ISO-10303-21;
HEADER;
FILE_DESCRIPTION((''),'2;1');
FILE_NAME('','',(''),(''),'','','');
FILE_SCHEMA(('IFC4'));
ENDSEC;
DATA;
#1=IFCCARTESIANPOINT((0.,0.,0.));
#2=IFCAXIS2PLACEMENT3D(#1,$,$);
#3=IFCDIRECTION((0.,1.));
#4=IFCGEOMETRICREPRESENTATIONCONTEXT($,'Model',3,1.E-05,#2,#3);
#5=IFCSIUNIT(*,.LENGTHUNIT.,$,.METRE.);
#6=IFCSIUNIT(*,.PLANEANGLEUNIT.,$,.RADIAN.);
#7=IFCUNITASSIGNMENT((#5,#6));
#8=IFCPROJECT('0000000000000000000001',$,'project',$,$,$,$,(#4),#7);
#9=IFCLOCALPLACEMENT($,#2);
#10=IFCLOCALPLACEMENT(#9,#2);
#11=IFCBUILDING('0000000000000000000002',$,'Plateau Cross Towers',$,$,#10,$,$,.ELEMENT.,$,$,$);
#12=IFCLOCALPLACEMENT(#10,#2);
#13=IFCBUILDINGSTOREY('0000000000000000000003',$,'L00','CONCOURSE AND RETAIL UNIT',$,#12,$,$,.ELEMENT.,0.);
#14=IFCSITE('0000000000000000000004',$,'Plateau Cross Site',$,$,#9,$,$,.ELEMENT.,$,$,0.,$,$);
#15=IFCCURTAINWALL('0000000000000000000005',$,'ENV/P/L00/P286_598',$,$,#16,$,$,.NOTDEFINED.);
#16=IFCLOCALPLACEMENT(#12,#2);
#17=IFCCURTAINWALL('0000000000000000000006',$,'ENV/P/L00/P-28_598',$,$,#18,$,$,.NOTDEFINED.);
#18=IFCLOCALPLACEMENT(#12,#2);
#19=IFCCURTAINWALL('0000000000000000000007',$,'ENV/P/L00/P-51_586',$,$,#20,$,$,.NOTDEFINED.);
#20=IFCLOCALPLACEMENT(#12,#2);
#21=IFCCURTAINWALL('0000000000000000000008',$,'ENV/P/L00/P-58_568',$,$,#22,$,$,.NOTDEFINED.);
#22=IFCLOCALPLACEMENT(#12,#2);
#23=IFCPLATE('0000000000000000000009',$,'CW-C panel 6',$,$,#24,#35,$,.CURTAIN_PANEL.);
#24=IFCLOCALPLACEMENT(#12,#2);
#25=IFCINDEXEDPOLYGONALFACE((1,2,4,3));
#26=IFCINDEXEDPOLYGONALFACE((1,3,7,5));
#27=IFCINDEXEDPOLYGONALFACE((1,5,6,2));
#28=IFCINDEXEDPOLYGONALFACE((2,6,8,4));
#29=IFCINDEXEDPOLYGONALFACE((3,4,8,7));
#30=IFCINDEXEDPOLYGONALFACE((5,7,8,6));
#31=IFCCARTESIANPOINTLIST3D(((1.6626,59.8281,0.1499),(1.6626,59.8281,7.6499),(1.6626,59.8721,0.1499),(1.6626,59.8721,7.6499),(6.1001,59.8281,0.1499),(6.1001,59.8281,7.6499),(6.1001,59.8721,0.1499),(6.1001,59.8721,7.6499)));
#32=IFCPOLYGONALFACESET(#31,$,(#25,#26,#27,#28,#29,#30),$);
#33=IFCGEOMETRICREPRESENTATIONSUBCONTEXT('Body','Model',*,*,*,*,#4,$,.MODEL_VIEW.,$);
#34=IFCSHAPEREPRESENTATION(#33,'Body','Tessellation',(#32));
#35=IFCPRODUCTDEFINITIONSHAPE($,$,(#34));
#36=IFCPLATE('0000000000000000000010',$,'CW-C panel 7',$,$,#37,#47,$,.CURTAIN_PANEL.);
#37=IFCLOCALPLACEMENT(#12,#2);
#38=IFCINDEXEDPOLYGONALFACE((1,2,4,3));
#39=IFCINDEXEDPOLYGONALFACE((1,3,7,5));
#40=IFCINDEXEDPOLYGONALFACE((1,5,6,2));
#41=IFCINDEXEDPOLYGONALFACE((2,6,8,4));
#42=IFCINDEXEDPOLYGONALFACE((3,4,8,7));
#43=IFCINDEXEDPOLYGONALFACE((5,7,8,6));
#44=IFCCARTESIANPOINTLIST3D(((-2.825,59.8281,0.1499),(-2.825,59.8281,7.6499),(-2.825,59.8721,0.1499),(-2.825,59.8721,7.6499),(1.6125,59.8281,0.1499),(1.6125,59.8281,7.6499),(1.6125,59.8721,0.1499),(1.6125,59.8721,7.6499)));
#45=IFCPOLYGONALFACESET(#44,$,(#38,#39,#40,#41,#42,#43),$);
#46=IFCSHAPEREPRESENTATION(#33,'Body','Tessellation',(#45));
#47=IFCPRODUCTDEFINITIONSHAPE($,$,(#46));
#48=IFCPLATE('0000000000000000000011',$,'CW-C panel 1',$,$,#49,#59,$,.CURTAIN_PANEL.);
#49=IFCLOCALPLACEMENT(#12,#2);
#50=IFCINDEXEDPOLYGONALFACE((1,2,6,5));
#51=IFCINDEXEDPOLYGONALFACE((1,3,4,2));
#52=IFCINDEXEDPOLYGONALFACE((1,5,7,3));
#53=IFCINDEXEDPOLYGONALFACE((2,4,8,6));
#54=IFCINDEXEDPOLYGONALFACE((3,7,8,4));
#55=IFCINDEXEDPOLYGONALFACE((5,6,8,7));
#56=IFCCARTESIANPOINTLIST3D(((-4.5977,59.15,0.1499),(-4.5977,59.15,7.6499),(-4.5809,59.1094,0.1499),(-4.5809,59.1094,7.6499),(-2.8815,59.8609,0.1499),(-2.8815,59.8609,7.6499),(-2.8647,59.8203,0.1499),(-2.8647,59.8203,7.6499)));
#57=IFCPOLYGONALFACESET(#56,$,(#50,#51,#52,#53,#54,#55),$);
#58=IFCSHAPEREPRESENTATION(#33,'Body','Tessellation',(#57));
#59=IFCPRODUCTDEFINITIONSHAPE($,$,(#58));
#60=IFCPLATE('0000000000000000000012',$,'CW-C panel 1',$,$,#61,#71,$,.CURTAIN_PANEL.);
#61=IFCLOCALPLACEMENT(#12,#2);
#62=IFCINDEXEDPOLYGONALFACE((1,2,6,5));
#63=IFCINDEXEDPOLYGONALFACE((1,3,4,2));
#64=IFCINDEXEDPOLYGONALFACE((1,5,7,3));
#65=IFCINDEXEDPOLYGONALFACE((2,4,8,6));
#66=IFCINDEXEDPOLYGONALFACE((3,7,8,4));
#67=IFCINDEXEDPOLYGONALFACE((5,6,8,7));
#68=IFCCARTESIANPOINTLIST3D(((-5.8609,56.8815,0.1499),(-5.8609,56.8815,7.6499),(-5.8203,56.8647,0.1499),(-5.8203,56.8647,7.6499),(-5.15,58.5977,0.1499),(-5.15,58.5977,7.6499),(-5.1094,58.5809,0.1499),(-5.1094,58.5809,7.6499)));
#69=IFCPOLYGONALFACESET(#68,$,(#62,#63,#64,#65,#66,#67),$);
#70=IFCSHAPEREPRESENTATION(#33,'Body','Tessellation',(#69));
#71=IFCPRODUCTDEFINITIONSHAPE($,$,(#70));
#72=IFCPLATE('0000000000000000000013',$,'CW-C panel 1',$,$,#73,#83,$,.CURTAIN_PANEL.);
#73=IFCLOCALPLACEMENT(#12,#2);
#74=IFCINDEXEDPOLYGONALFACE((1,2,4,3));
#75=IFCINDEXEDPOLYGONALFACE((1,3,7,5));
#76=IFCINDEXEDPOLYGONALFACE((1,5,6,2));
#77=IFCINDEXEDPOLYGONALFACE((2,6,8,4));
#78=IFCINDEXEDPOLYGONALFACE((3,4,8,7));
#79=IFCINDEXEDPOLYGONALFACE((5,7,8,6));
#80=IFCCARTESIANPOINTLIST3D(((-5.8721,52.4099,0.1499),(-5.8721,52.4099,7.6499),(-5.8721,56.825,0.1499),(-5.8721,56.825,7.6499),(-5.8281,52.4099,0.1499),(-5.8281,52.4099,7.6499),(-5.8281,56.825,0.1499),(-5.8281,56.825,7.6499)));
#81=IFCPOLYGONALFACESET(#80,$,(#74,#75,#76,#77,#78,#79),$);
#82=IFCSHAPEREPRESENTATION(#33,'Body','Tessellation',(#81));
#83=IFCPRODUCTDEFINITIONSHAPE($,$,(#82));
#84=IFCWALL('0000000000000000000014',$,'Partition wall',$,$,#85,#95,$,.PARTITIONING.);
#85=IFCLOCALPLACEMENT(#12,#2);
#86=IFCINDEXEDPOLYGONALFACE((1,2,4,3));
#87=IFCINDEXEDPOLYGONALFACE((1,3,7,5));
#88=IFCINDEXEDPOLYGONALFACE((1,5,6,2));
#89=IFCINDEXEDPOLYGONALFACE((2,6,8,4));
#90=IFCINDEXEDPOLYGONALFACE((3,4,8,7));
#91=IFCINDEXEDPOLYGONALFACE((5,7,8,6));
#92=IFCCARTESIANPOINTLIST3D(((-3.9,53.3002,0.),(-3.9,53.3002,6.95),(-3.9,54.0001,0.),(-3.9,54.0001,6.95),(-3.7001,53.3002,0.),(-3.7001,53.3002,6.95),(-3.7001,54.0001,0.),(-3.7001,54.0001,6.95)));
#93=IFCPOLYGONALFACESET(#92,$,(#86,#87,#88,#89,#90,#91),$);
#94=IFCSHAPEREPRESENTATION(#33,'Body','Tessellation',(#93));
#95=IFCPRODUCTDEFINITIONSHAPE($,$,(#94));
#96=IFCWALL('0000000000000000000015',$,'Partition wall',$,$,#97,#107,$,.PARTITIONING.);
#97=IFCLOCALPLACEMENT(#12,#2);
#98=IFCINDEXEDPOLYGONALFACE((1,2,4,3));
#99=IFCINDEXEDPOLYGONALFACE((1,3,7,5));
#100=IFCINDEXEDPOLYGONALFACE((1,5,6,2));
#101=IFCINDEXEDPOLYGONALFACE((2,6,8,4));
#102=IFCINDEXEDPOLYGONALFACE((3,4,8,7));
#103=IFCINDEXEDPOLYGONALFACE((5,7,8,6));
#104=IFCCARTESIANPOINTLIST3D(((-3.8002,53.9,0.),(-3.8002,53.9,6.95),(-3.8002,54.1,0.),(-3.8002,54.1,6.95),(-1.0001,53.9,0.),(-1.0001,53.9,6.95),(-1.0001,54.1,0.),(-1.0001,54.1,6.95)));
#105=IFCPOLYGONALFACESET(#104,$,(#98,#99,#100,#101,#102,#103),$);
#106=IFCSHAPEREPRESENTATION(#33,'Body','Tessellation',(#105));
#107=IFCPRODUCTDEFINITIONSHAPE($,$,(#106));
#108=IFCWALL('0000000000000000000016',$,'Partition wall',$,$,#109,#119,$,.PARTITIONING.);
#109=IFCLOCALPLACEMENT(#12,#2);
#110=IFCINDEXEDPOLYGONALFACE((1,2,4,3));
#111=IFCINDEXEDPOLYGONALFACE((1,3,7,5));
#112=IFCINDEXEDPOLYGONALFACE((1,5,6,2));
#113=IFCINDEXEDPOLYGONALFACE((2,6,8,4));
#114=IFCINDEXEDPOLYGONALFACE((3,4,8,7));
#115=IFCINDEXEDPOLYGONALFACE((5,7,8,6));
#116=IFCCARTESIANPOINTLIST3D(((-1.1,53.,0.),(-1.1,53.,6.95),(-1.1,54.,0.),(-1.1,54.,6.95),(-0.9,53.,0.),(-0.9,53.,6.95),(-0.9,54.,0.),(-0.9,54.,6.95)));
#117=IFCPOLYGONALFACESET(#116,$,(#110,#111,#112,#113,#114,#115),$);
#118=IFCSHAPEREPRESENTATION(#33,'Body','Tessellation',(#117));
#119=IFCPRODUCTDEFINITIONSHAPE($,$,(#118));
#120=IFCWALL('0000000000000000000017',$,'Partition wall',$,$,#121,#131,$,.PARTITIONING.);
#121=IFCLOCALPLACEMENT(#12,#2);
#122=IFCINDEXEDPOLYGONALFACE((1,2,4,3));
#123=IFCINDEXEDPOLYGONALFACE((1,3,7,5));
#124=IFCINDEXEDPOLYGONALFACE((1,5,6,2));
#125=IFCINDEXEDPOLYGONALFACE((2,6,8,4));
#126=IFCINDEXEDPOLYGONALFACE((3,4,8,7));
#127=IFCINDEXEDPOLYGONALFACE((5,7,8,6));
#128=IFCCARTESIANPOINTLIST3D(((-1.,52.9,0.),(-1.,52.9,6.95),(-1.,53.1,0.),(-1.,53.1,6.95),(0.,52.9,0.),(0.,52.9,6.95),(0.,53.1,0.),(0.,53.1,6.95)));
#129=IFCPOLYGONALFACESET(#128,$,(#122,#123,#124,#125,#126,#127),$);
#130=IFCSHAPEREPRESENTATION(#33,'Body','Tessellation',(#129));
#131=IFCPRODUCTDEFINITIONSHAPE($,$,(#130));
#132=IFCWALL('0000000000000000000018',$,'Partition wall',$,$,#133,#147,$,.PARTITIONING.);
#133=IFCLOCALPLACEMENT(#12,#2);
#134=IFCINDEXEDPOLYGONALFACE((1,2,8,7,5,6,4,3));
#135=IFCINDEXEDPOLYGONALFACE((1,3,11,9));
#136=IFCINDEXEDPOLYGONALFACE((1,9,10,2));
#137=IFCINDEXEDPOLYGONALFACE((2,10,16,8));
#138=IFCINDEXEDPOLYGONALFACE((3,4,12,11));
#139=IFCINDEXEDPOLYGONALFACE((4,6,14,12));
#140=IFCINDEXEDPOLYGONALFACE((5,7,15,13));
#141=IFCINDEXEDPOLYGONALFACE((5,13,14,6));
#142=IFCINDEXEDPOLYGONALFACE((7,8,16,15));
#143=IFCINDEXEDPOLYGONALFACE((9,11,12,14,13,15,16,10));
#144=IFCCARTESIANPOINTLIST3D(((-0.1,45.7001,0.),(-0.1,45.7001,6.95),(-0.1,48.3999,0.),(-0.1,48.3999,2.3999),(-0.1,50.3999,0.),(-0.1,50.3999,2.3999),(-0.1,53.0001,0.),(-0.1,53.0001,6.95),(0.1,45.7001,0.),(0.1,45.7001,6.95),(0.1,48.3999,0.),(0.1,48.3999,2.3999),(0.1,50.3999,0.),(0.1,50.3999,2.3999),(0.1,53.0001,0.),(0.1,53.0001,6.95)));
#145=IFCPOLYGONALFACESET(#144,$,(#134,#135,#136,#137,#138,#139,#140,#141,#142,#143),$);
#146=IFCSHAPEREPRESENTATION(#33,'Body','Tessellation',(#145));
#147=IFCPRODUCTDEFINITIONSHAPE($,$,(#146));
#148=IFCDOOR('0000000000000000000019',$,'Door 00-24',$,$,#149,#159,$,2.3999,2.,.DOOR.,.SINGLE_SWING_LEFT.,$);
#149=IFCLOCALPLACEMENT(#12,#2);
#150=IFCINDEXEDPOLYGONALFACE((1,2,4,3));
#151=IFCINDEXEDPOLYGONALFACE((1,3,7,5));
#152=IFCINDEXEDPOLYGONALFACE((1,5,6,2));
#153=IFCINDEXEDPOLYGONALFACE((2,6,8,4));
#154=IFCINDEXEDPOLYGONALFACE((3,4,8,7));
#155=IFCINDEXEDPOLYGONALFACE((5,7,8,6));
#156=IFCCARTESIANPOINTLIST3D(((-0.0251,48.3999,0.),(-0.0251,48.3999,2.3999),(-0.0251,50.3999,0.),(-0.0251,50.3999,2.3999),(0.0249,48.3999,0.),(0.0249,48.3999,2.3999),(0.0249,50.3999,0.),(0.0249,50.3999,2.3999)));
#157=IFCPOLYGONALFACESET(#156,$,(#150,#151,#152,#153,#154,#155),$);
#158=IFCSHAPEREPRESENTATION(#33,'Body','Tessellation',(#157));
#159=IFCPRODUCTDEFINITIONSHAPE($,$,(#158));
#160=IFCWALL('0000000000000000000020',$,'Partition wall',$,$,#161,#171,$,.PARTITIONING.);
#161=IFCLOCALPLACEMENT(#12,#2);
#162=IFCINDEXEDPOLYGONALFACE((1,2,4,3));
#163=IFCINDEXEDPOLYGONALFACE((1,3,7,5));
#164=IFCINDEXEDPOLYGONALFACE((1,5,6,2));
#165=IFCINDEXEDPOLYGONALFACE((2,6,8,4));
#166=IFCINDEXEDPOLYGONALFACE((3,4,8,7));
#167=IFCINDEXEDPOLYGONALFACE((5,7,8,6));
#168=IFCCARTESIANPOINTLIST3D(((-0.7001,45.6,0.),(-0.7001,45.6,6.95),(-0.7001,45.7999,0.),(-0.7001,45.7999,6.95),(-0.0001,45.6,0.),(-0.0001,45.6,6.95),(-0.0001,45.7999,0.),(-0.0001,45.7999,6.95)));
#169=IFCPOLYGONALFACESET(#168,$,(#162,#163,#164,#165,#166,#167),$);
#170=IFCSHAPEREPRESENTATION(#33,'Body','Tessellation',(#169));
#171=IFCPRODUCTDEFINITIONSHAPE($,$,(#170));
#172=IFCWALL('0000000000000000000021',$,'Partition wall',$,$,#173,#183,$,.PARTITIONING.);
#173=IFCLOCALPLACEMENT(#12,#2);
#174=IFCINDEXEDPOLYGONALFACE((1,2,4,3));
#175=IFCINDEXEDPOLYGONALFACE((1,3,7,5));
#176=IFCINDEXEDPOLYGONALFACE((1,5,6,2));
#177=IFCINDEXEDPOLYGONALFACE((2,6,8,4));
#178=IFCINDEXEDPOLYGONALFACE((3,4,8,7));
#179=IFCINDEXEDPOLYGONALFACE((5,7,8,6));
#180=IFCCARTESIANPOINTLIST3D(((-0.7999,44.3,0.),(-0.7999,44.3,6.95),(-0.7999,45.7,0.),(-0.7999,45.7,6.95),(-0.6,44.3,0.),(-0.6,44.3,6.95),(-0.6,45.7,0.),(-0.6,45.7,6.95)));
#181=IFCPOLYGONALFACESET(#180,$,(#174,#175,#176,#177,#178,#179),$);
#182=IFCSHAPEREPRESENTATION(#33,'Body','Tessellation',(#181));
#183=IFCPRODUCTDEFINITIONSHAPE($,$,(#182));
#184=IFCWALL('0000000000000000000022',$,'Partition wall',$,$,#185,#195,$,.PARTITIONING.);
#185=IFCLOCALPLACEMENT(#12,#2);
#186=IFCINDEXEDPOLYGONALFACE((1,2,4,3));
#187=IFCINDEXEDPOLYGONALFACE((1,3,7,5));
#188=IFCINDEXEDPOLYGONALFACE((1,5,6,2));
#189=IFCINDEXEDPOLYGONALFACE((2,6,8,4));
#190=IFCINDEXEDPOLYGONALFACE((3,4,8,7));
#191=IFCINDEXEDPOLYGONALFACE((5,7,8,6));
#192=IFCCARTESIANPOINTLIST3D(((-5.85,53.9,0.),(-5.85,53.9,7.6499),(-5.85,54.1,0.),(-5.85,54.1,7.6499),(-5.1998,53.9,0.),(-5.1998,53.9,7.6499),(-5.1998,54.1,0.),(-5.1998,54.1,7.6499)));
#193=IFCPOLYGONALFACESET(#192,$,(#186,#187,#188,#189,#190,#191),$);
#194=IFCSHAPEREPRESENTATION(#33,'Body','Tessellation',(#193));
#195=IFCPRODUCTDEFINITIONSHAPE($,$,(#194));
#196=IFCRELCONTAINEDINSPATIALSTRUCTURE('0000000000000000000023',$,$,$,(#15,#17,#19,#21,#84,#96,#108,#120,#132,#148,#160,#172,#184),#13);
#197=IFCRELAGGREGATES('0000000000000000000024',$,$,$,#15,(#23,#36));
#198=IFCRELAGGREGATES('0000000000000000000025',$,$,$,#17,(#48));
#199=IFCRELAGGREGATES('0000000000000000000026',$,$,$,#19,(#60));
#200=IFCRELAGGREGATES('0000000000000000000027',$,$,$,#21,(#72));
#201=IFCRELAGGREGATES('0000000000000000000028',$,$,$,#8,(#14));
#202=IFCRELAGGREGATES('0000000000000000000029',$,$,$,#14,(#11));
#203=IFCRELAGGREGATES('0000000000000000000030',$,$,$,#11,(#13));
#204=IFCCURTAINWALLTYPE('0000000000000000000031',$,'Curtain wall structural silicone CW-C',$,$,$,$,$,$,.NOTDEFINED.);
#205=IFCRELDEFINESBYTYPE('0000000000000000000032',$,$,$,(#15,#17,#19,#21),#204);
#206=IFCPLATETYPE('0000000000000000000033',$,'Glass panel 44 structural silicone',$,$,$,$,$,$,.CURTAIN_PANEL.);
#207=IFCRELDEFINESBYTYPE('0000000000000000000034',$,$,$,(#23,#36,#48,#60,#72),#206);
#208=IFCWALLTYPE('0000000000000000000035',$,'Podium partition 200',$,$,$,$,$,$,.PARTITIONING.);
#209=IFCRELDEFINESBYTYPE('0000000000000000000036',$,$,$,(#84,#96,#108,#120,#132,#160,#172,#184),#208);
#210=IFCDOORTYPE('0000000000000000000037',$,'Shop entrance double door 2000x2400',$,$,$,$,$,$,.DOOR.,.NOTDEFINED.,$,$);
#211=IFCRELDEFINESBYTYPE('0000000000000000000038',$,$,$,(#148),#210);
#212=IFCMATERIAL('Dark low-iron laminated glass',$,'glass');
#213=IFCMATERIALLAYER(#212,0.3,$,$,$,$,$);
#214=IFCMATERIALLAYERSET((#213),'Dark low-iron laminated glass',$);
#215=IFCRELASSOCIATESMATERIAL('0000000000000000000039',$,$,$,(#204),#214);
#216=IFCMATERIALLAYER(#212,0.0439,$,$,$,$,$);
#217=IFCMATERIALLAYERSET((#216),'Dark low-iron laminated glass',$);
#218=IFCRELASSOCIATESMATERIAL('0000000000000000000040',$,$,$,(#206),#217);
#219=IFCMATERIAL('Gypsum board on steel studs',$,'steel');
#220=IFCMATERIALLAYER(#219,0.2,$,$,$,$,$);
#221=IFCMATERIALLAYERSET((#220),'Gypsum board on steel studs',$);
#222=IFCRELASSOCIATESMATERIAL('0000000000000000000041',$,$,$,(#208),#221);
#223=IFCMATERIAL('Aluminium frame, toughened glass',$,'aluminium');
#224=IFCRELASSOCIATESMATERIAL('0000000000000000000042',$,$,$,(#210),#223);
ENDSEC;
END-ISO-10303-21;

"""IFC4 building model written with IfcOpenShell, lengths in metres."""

from ifc_helpers import new_model, si_unit, direction, frame, frame_2d, origin, origin_2d, place, context, subcontext, project, spatial, rectangle, extrude, material, layer, layer_set, type_object, element, fill, aggregate, save


model = new_model("IFC4")

# Units and contexts
model_context = context("Model", 3, precision=1e-05, world=origin(), true_north=direction((0.0, 1.0)))
body_context = subcontext(model_context, "Body", "Model", "MODEL_VIEW")
ifc_project = project(units=[si_unit("LENGTHUNIT", "METRE"), si_unit("PLANEANGLEUNIT", "RADIAN")], contexts=[model_context])

# Site, building, storey
site_placement = place(None, origin())
site = spatial("IfcSite", under=ifc_project, at=site_placement, Name="Plateau Cross Site", CompositionType="ELEMENT", RefElevation=0.0)
building_placement = place(site_placement, origin())
building = spatial("IfcBuilding", under=site, at=building_placement, Name="Plateau Cross Towers", CompositionType="ELEMENT")
storey_placement = place(building_placement, origin())
storey = spatial("IfcBuildingStorey", under=building, at=storey_placement, Name="L00", Description="CONCOURSE AND RETAIL UNIT", CompositionType="ELEMENT", Elevation=0.0)

# Curtain walls
ifc_material_1 = material(Name="Dark low-iron laminated glass", Category="glass")
ifc_layer_1 = layer(ifc_material_1, 0.3)
ifc_layer_set_1 = layer_set([ifc_layer_1], Name="Dark low-iron laminated glass")
curtain_wall_type = type_object("IfcCurtainWallType", Name="Curtain wall structural silicone CW-C", PredefinedType="NOTDEFINED", material=ifc_layer_set_1)
curtain_wall_1_placement = place(storey_placement, origin())
curtain_wall_1 = element("IfcCurtainWall", 1, at=curtain_wall_1_placement, inside=storey, type_object=curtain_wall_type, Name="ENV/P/L00/P286_598", PredefinedType="NOTDEFINED")
curtain_wall_2_placement = place(storey_placement, origin())
curtain_wall_2 = element("IfcCurtainWall", 2, at=curtain_wall_2_placement, inside=storey, type_object=curtain_wall_type, Name="ENV/P/L00/P-28_598", PredefinedType="NOTDEFINED")

# Curtain wall
curtain_wall_3_placement = place(storey_placement, origin())
curtain_wall_3 = element("IfcCurtainWall", 3, at=curtain_wall_3_placement, inside=storey, type_object=curtain_wall_type, Name="ENV/P/L00/P-51_586", PredefinedType="NOTDEFINED")

# Curtain wall
curtain_wall_4_placement = place(storey_placement, origin())
curtain_wall_4 = element("IfcCurtainWall", 4, at=curtain_wall_4_placement, inside=storey, type_object=curtain_wall_type, Name="ENV/P/L00/P-58_568", PredefinedType="NOTDEFINED")

# Plates
ifc_layer_2 = layer(ifc_material_1, 0.0439)
ifc_layer_set_2 = layer_set([ifc_layer_2], Name="Dark low-iron laminated glass")
plate_type = type_object("IfcPlateType", Name="Glass panel 44 structural silicone", PredefinedType="CURTAIN_PANEL", material=ifc_layer_set_2)
plate_1_placement = place(storey_placement, frame((3.8813, 59.8501, 0.1499), z_axis=(0.0, 0.0, 1.0), x_axis=(-1.0, 0.0, 0.0)))
plate_1 = element("IfcPlate", 5, at=plate_1_placement, type_object=plate_type, Name="CW-C panel 6", PredefinedType="CURTAIN_PANEL", context=body_context, shape_type="SweptSolid", body=[
    extrude(rectangle(XDim=4.4375, YDim=0.0439, at=origin_2d()), origin(), (0.0, 0.0, 1.0), 7.5),
])
plate_2_placement = place(storey_placement, frame((-0.6062, 59.8501, 0.1499), z_axis=(0.0, 0.0, 1.0), x_axis=(-1.0, 0.0, 0.0)))
plate_2 = element("IfcPlate", 6, at=plate_2_placement, type_object=plate_type, Name="CW-C panel 7", PredefinedType="CURTAIN_PANEL", context=body_context, shape_type="SweptSolid", body=[
    extrude(rectangle(XDim=4.4375, YDim=0.0439, at=origin_2d()), origin(), (0.0, 0.0, 1.0), 7.5),
])
aggregate(curtain_wall_1, [plate_1, plate_2])
plate_3_placement = place(storey_placement, frame((-3.7312, 59.4851, 0.1499), z_axis=(0.0, 0.0, 1.0), x_axis=(-0.923879, -0.382684, 0.0)))
plate_3 = element("IfcPlate", 7, at=plate_3_placement, type_object=plate_type, Name="CW-C panel 1", PredefinedType="CURTAIN_PANEL", context=body_context, shape_type="SweptSolid", body=[
    extrude(rectangle(XDim=1.8577, YDim=0.0439, at=origin_2d()), origin(), (0.0, 0.0, 1.0), 7.5),
])
aggregate(curtain_wall_2, [plate_3])
plate_4_placement = place(storey_placement, frame((-5.4851, 57.7312, 0.1499), z_axis=(0.0, 0.0, 1.0), x_axis=(-0.382684, -0.923879, 0.0)))
plate_4 = element("IfcPlate", 8, at=plate_4_placement, type_object=plate_type, Name="CW-C panel 1", PredefinedType="CURTAIN_PANEL", context=body_context, shape_type="SweptSolid", body=[
    extrude(rectangle(XDim=1.8577, YDim=0.0439, at=origin_2d()), origin(), (0.0, 0.0, 1.0), 7.5),
])
aggregate(curtain_wall_3, [plate_4])
plate_5_placement = place(storey_placement, frame((-5.8501, 54.6174, 0.1499), z_axis=(0.0, 0.0, 1.0), x_axis=(0.0, -1.0, 0.0)))
plate_5 = element("IfcPlate", 9, at=plate_5_placement, type_object=plate_type, Name="CW-C panel 1", PredefinedType="CURTAIN_PANEL", context=body_context, shape_type="SweptSolid", body=[
    extrude(rectangle(XDim=4.415, YDim=0.0439, at=origin_2d()), origin(), (0.0, 0.0, 1.0), 7.5),
])
aggregate(curtain_wall_4, [plate_5])

# Walls
ifc_material_2 = material(Name="Gypsum board on steel studs", Category="steel")
ifc_layer_3 = layer(ifc_material_2, 0.2)
ifc_layer_set_3 = layer_set([ifc_layer_3], Name="Gypsum board on steel studs")
wall_type_1 = type_object("IfcWallType", Name="Podium partition 200", PredefinedType="PARTITIONING", material=ifc_layer_set_3)
wall_1_placement = place(storey_placement, frame((-3.8, 53.3, 0.0), z_axis=(0.0, 0.0, 1.0), x_axis=(0.0, 1.0, 0.0)))
element("IfcWall", 10, at=wall_1_placement, inside=storey, type_object=wall_type_1, Name="Partition wall", PredefinedType="PARTITIONING", context=body_context, shape_type="SweptSolid", body=[
    extrude(rectangle(XDim=0.7, YDim=0.2, at=frame_2d((0.3501, 0.0))), origin(), (0.0, 0.0, 1.0), 6.95),
])
wall_2_placement = place(storey_placement, frame((-3.8, 54.0, 0.0), z_axis=(0.0, 0.0, 1.0), x_axis=(1.0, 0.0, 0.0)))
element("IfcWall", 11, at=wall_2_placement, inside=storey, type_object=wall_type_1, Name="Partition wall", PredefinedType="PARTITIONING", context=body_context, shape_type="SweptSolid", body=[
    extrude(rectangle(XDim=2.8, YDim=0.2, at=frame_2d((1.3999, 0.0))), origin(), (0.0, 0.0, 1.0), 6.95),
])
for number, where, z_axis, x_axis, name in (
    (12, (-1.0, 54.0, 0.0), (0.0, 0.0, 1.0), (0.0, -1.0, 0.0), "Partition wall"),
    (13, (-1.0, 53.0, 0.0), (0.0, 0.0, 1.0), (1.0, 0.0, 0.0), "Partition wall"),
):
    element("IfcWall", number, at=place(storey_placement, frame(where, z_axis=z_axis, x_axis=x_axis)), inside=storey, type_object=wall_type_1, Name=name, PredefinedType="PARTITIONING", context=body_context, shape_type="SweptSolid", body=[
        extrude(rectangle(XDim=1.0, YDim=0.2, at=frame_2d((0.5, 0.0))), origin(), (0.0, 0.0, 1.0), 6.95),
    ])

# Wall, opening, door
wall_3_placement = place(storey_placement, frame((0.0, 53.0, 0.0), z_axis=(0.0, 0.0, 1.0), x_axis=(0.0, -1.0, 0.0)))
wall_3 = element("IfcWall", 14, at=wall_3_placement, inside=storey, type_object=wall_type_1, Name="Partition wall", PredefinedType="PARTITIONING", context=body_context, shape_type="SweptSolid", body=[
    extrude(rectangle(XDim=7.3, YDim=0.2, at=frame_2d((3.6499, 0.0))), origin(), (0.0, 0.0, 1.0), 6.95),
])
opening_placement = place(wall_3_placement, frame((2.6001, 0.0, 0.0)))
opening = element("IfcOpeningElement", 15, at=opening_placement, cuts=wall_3, PredefinedType="OPENING", context=body_context, shape_type="SweptSolid", body=[
    extrude(rectangle(XDim=2.0, YDim=2.3999, at=frame_2d((1.0, 1.2))), frame((0.0, 0.1099, 0.0), z_axis=(0.0, -1.0, 0.0), x_axis=(1.0, 0.0, 0.0)), (0.0, 0.0, 1.0), 0.22),
])
ifc_material_3 = material(Name="Aluminium frame, toughened glass", Category="aluminium")
door_type = type_object("IfcDoorType", Name="Shop entrance double door 2000x2400", OperationType="NOTDEFINED", PredefinedType="DOOR", material=ifc_material_3)
door_placement = place(opening_placement, origin())
door = element("IfcDoor", 16, at=door_placement, inside=storey, type_object=door_type, Name="Door 00-24", OperationType="SINGLE_SWING_LEFT", OverallHeight=2.3999, OverallWidth=2.0, PredefinedType="DOOR", context=body_context, shape_type="SweptSolid", body=[
    extrude(rectangle(XDim=2.0, YDim=2.3999, at=frame_2d((1.0, 1.2))), frame((0.0, 0.0249, 0.0), z_axis=(0.0, -1.0, 0.0), x_axis=(1.0, 0.0, 0.0)), (0.0, 0.0, 1.0), 0.05),
])
fill(opening, door)

# Walls
wall_4_placement = place(storey_placement, frame((0.0, 45.7, 0.0), z_axis=(0.0, 0.0, 1.0), x_axis=(-1.0, 0.0, 0.0)))
element("IfcWall", 17, at=wall_4_placement, inside=storey, type_object=wall_type_1, Name="Partition wall", PredefinedType="PARTITIONING", context=body_context, shape_type="SweptSolid", body=[
    extrude(rectangle(XDim=0.7, YDim=0.2, at=frame_2d((0.3501, 0.0))), origin(), (0.0, 0.0, 1.0), 6.95),
])
wall_5_placement = place(storey_placement, frame((-0.7, 45.7, 0.0), z_axis=(0.0, 0.0, 1.0), x_axis=(0.0, -1.0, 0.0)))
element("IfcWall", 18, at=wall_5_placement, inside=storey, type_object=wall_type_1, Name="Partition wall", PredefinedType="PARTITIONING", context=body_context, shape_type="SweptSolid", body=[
    extrude(rectangle(XDim=1.3999, YDim=0.2, at=frame_2d((0.7, 0.0))), origin(), (0.0, 0.0, 1.0), 6.95),
])
wall_6_placement = place(storey_placement, frame((-5.8501, 54.0, 0.0), z_axis=(0.0, 0.0, 1.0), x_axis=(1.0, 0.0, 0.0)))
element("IfcWall", 19, at=wall_6_placement, inside=storey, type_object=wall_type_1, Name="Partition wall", PredefinedType="PARTITIONING", context=body_context, shape_type="SweptSolid", body=[
    extrude(rectangle(XDim=0.6501, YDim=0.2, at=frame_2d((0.3252, 0.0))), origin(), (0.0, 0.0, 1.0), 7.6499),
])

save(model, "model.ifc")
